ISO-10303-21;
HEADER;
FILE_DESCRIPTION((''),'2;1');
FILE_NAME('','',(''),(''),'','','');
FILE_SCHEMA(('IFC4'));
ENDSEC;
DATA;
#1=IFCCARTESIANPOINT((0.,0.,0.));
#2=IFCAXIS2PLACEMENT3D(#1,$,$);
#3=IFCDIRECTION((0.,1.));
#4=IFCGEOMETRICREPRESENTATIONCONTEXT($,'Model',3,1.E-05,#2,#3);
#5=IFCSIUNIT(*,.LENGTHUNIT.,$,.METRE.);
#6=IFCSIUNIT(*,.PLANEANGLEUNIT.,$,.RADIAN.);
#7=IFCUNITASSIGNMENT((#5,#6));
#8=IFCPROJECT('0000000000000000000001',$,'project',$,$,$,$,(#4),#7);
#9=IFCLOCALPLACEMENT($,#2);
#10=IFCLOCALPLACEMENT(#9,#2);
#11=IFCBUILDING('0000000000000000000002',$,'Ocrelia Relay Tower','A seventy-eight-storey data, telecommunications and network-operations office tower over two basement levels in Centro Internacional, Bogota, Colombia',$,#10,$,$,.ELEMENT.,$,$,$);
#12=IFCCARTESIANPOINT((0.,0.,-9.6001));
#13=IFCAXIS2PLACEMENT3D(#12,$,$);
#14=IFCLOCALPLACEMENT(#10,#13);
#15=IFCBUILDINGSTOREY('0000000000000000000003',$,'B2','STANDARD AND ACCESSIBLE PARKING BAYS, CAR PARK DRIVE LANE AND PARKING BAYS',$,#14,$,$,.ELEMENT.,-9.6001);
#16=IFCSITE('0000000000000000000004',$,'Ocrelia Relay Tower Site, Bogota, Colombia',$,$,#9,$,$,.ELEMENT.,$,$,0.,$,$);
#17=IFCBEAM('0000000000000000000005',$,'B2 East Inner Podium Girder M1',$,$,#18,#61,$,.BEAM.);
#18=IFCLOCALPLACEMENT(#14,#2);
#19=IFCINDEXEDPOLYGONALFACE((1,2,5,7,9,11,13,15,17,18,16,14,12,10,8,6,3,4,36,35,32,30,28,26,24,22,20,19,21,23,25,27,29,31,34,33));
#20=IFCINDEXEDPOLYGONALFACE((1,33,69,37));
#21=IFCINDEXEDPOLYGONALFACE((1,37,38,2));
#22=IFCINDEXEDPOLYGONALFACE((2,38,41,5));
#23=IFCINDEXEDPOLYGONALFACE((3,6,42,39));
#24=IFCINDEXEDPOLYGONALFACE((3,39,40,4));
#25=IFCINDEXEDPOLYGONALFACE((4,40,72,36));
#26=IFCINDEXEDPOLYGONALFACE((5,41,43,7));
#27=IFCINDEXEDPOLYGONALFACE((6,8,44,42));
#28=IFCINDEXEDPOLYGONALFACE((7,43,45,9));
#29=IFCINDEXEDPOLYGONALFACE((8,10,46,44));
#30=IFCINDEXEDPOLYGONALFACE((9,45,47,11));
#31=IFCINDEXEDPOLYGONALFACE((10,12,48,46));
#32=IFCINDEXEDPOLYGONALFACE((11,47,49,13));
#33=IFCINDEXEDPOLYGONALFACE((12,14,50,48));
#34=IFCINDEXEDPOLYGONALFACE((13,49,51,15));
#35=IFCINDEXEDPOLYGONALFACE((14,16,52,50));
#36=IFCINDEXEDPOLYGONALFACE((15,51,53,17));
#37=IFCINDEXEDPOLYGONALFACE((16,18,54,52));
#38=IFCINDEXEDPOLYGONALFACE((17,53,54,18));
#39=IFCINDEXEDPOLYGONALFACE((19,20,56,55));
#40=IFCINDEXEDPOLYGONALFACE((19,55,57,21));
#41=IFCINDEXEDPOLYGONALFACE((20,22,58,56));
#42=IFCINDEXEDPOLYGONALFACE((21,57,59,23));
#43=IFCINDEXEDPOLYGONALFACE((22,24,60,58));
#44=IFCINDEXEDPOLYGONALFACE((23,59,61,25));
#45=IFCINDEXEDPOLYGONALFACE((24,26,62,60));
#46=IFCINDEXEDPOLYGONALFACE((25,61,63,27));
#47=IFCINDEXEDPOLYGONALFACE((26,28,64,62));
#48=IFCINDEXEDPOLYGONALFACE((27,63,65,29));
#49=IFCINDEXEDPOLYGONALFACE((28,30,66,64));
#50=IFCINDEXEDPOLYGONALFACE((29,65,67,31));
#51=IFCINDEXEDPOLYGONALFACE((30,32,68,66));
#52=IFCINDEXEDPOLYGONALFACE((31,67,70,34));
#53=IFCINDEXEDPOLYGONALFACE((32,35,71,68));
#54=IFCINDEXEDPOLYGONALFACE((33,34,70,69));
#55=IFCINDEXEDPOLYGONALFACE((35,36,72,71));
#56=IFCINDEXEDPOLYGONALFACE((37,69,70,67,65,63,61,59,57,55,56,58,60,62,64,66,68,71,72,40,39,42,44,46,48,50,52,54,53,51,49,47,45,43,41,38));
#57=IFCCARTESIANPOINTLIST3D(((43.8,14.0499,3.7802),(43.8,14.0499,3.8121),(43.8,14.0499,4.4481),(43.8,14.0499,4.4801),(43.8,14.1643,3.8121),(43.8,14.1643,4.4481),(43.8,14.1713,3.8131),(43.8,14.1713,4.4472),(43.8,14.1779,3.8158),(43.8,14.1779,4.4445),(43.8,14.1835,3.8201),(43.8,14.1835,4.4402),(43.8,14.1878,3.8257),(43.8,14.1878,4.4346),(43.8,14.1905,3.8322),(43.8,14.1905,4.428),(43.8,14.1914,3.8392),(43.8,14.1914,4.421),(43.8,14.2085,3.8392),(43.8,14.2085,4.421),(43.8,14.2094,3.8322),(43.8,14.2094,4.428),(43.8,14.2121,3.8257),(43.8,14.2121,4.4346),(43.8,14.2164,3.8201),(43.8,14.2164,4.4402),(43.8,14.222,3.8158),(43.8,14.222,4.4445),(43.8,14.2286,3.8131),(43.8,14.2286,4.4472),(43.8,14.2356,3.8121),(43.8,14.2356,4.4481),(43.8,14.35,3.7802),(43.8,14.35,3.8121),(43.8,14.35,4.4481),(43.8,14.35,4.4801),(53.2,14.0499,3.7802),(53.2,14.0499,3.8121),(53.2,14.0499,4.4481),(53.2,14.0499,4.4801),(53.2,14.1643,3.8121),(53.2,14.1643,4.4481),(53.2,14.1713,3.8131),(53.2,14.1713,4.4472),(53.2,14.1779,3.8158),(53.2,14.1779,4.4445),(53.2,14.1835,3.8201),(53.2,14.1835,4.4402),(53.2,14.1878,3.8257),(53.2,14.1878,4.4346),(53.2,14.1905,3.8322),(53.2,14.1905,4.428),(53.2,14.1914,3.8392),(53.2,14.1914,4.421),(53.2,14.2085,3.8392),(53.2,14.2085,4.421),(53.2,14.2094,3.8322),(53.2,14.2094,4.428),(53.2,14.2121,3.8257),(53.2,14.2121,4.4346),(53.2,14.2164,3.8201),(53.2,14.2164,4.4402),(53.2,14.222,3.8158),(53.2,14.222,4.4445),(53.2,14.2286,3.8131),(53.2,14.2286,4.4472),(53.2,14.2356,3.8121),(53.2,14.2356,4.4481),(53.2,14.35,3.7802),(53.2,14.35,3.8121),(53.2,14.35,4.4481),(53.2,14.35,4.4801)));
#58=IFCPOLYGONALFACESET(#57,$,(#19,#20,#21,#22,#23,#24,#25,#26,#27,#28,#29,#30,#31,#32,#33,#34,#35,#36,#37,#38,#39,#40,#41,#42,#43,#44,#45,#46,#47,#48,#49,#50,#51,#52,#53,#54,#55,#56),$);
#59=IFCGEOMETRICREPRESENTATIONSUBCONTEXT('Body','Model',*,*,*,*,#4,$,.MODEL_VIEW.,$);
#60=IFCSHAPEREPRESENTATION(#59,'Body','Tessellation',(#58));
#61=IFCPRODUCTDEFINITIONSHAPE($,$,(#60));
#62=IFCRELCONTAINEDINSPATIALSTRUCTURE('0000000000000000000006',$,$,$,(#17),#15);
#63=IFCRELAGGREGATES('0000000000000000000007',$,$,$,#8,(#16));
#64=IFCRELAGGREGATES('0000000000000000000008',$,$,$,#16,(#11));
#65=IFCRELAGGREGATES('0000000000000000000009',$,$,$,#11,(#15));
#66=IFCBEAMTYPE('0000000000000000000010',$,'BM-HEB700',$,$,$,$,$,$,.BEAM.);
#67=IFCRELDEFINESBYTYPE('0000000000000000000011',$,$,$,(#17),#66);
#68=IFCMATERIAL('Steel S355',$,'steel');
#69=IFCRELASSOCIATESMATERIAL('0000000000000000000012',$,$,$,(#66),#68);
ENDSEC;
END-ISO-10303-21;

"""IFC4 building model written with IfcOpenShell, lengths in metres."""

from ifc_helpers import new_model, si_unit, direction, frame, origin, origin_2d, place, context, subcontext, project, spatial, i_section, extrude, material, material_profile, profile_set, type_object, element, save


model = new_model("IFC4")

# Units and contexts
model_context = context("Model", 3, precision=1e-05, world=origin(), true_north=direction((0.0, 1.0)))
body_context = subcontext(model_context, "Body", "Model", "MODEL_VIEW")
ifc_project = project(units=[si_unit("LENGTHUNIT", "METRE"), si_unit("PLANEANGLEUNIT", "RADIAN")], contexts=[model_context])

# Site, building, storey
site_placement = place(None, origin())
site = spatial("IfcSite", under=ifc_project, at=site_placement, Name="Ocrelia Relay Tower Site, Bogota, Colombia", CompositionType="ELEMENT", RefElevation=0.0)
building_placement = place(site_placement, origin())
building = spatial("IfcBuilding", under=site, at=building_placement, Name="Ocrelia Relay Tower", Description="A seventy-eight-storey data, telecommunications and network-operations office tower over two basement levels in Centro Internacional, Bogota, Colombia", CompositionType="ELEMENT")
storey_placement = place(building_placement, frame((0.0, 0.0, -9.6001)))
storey = spatial("IfcBuildingStorey", under=building, at=storey_placement, Name="B2", Description="STANDARD AND ACCESSIBLE PARKING BAYS, CAR PARK DRIVE LANE AND PARKING BAYS", CompositionType="ELEMENT", Elevation=-9.6001)

# Beam
ifc_material_1 = material(Name="Steel S355", Category="steel")
ifc_material_profile_1 = material_profile(ifc_material_1, i_section(OverallWidth=0.3, OverallDepth=0.7, WebThickness=0.0171, FlangeThickness=0.032, FilletRadius=0.0271, at=origin_2d()), Name="HEB 700")
ifc_profile_set_1 = profile_set([ifc_material_profile_1], Name="Steel S355")
beam_type_1 = type_object("IfcBeamType", Name="BM-HEB700", PredefinedType="BEAM", material=ifc_profile_set_1)
for number, where, z_axis, x_axis, name in (
    (1, (43.8, 14.2, 4.1301), (1.0, 0.0, 0.0), (0.0, 1.0, 0.0), "B2 East Inner Podium Girder M1"),
):
    element("IfcBeam", number, at=place(storey_placement, frame(where, z_axis=z_axis, x_axis=x_axis)), inside=storey, type_object=beam_type_1, Name=name, PredefinedType="BEAM", context=body_context, shape_type="SweptSolid", body=[
        extrude(i_section(OverallWidth=0.3, OverallDepth=0.7, WebThickness=0.0171, FlangeThickness=0.032, FilletRadius=0.0271, at=origin_2d()), origin(), (0.0, 0.0, 1.0), 9.3999),
    ])

save(model, "model.ifc")
